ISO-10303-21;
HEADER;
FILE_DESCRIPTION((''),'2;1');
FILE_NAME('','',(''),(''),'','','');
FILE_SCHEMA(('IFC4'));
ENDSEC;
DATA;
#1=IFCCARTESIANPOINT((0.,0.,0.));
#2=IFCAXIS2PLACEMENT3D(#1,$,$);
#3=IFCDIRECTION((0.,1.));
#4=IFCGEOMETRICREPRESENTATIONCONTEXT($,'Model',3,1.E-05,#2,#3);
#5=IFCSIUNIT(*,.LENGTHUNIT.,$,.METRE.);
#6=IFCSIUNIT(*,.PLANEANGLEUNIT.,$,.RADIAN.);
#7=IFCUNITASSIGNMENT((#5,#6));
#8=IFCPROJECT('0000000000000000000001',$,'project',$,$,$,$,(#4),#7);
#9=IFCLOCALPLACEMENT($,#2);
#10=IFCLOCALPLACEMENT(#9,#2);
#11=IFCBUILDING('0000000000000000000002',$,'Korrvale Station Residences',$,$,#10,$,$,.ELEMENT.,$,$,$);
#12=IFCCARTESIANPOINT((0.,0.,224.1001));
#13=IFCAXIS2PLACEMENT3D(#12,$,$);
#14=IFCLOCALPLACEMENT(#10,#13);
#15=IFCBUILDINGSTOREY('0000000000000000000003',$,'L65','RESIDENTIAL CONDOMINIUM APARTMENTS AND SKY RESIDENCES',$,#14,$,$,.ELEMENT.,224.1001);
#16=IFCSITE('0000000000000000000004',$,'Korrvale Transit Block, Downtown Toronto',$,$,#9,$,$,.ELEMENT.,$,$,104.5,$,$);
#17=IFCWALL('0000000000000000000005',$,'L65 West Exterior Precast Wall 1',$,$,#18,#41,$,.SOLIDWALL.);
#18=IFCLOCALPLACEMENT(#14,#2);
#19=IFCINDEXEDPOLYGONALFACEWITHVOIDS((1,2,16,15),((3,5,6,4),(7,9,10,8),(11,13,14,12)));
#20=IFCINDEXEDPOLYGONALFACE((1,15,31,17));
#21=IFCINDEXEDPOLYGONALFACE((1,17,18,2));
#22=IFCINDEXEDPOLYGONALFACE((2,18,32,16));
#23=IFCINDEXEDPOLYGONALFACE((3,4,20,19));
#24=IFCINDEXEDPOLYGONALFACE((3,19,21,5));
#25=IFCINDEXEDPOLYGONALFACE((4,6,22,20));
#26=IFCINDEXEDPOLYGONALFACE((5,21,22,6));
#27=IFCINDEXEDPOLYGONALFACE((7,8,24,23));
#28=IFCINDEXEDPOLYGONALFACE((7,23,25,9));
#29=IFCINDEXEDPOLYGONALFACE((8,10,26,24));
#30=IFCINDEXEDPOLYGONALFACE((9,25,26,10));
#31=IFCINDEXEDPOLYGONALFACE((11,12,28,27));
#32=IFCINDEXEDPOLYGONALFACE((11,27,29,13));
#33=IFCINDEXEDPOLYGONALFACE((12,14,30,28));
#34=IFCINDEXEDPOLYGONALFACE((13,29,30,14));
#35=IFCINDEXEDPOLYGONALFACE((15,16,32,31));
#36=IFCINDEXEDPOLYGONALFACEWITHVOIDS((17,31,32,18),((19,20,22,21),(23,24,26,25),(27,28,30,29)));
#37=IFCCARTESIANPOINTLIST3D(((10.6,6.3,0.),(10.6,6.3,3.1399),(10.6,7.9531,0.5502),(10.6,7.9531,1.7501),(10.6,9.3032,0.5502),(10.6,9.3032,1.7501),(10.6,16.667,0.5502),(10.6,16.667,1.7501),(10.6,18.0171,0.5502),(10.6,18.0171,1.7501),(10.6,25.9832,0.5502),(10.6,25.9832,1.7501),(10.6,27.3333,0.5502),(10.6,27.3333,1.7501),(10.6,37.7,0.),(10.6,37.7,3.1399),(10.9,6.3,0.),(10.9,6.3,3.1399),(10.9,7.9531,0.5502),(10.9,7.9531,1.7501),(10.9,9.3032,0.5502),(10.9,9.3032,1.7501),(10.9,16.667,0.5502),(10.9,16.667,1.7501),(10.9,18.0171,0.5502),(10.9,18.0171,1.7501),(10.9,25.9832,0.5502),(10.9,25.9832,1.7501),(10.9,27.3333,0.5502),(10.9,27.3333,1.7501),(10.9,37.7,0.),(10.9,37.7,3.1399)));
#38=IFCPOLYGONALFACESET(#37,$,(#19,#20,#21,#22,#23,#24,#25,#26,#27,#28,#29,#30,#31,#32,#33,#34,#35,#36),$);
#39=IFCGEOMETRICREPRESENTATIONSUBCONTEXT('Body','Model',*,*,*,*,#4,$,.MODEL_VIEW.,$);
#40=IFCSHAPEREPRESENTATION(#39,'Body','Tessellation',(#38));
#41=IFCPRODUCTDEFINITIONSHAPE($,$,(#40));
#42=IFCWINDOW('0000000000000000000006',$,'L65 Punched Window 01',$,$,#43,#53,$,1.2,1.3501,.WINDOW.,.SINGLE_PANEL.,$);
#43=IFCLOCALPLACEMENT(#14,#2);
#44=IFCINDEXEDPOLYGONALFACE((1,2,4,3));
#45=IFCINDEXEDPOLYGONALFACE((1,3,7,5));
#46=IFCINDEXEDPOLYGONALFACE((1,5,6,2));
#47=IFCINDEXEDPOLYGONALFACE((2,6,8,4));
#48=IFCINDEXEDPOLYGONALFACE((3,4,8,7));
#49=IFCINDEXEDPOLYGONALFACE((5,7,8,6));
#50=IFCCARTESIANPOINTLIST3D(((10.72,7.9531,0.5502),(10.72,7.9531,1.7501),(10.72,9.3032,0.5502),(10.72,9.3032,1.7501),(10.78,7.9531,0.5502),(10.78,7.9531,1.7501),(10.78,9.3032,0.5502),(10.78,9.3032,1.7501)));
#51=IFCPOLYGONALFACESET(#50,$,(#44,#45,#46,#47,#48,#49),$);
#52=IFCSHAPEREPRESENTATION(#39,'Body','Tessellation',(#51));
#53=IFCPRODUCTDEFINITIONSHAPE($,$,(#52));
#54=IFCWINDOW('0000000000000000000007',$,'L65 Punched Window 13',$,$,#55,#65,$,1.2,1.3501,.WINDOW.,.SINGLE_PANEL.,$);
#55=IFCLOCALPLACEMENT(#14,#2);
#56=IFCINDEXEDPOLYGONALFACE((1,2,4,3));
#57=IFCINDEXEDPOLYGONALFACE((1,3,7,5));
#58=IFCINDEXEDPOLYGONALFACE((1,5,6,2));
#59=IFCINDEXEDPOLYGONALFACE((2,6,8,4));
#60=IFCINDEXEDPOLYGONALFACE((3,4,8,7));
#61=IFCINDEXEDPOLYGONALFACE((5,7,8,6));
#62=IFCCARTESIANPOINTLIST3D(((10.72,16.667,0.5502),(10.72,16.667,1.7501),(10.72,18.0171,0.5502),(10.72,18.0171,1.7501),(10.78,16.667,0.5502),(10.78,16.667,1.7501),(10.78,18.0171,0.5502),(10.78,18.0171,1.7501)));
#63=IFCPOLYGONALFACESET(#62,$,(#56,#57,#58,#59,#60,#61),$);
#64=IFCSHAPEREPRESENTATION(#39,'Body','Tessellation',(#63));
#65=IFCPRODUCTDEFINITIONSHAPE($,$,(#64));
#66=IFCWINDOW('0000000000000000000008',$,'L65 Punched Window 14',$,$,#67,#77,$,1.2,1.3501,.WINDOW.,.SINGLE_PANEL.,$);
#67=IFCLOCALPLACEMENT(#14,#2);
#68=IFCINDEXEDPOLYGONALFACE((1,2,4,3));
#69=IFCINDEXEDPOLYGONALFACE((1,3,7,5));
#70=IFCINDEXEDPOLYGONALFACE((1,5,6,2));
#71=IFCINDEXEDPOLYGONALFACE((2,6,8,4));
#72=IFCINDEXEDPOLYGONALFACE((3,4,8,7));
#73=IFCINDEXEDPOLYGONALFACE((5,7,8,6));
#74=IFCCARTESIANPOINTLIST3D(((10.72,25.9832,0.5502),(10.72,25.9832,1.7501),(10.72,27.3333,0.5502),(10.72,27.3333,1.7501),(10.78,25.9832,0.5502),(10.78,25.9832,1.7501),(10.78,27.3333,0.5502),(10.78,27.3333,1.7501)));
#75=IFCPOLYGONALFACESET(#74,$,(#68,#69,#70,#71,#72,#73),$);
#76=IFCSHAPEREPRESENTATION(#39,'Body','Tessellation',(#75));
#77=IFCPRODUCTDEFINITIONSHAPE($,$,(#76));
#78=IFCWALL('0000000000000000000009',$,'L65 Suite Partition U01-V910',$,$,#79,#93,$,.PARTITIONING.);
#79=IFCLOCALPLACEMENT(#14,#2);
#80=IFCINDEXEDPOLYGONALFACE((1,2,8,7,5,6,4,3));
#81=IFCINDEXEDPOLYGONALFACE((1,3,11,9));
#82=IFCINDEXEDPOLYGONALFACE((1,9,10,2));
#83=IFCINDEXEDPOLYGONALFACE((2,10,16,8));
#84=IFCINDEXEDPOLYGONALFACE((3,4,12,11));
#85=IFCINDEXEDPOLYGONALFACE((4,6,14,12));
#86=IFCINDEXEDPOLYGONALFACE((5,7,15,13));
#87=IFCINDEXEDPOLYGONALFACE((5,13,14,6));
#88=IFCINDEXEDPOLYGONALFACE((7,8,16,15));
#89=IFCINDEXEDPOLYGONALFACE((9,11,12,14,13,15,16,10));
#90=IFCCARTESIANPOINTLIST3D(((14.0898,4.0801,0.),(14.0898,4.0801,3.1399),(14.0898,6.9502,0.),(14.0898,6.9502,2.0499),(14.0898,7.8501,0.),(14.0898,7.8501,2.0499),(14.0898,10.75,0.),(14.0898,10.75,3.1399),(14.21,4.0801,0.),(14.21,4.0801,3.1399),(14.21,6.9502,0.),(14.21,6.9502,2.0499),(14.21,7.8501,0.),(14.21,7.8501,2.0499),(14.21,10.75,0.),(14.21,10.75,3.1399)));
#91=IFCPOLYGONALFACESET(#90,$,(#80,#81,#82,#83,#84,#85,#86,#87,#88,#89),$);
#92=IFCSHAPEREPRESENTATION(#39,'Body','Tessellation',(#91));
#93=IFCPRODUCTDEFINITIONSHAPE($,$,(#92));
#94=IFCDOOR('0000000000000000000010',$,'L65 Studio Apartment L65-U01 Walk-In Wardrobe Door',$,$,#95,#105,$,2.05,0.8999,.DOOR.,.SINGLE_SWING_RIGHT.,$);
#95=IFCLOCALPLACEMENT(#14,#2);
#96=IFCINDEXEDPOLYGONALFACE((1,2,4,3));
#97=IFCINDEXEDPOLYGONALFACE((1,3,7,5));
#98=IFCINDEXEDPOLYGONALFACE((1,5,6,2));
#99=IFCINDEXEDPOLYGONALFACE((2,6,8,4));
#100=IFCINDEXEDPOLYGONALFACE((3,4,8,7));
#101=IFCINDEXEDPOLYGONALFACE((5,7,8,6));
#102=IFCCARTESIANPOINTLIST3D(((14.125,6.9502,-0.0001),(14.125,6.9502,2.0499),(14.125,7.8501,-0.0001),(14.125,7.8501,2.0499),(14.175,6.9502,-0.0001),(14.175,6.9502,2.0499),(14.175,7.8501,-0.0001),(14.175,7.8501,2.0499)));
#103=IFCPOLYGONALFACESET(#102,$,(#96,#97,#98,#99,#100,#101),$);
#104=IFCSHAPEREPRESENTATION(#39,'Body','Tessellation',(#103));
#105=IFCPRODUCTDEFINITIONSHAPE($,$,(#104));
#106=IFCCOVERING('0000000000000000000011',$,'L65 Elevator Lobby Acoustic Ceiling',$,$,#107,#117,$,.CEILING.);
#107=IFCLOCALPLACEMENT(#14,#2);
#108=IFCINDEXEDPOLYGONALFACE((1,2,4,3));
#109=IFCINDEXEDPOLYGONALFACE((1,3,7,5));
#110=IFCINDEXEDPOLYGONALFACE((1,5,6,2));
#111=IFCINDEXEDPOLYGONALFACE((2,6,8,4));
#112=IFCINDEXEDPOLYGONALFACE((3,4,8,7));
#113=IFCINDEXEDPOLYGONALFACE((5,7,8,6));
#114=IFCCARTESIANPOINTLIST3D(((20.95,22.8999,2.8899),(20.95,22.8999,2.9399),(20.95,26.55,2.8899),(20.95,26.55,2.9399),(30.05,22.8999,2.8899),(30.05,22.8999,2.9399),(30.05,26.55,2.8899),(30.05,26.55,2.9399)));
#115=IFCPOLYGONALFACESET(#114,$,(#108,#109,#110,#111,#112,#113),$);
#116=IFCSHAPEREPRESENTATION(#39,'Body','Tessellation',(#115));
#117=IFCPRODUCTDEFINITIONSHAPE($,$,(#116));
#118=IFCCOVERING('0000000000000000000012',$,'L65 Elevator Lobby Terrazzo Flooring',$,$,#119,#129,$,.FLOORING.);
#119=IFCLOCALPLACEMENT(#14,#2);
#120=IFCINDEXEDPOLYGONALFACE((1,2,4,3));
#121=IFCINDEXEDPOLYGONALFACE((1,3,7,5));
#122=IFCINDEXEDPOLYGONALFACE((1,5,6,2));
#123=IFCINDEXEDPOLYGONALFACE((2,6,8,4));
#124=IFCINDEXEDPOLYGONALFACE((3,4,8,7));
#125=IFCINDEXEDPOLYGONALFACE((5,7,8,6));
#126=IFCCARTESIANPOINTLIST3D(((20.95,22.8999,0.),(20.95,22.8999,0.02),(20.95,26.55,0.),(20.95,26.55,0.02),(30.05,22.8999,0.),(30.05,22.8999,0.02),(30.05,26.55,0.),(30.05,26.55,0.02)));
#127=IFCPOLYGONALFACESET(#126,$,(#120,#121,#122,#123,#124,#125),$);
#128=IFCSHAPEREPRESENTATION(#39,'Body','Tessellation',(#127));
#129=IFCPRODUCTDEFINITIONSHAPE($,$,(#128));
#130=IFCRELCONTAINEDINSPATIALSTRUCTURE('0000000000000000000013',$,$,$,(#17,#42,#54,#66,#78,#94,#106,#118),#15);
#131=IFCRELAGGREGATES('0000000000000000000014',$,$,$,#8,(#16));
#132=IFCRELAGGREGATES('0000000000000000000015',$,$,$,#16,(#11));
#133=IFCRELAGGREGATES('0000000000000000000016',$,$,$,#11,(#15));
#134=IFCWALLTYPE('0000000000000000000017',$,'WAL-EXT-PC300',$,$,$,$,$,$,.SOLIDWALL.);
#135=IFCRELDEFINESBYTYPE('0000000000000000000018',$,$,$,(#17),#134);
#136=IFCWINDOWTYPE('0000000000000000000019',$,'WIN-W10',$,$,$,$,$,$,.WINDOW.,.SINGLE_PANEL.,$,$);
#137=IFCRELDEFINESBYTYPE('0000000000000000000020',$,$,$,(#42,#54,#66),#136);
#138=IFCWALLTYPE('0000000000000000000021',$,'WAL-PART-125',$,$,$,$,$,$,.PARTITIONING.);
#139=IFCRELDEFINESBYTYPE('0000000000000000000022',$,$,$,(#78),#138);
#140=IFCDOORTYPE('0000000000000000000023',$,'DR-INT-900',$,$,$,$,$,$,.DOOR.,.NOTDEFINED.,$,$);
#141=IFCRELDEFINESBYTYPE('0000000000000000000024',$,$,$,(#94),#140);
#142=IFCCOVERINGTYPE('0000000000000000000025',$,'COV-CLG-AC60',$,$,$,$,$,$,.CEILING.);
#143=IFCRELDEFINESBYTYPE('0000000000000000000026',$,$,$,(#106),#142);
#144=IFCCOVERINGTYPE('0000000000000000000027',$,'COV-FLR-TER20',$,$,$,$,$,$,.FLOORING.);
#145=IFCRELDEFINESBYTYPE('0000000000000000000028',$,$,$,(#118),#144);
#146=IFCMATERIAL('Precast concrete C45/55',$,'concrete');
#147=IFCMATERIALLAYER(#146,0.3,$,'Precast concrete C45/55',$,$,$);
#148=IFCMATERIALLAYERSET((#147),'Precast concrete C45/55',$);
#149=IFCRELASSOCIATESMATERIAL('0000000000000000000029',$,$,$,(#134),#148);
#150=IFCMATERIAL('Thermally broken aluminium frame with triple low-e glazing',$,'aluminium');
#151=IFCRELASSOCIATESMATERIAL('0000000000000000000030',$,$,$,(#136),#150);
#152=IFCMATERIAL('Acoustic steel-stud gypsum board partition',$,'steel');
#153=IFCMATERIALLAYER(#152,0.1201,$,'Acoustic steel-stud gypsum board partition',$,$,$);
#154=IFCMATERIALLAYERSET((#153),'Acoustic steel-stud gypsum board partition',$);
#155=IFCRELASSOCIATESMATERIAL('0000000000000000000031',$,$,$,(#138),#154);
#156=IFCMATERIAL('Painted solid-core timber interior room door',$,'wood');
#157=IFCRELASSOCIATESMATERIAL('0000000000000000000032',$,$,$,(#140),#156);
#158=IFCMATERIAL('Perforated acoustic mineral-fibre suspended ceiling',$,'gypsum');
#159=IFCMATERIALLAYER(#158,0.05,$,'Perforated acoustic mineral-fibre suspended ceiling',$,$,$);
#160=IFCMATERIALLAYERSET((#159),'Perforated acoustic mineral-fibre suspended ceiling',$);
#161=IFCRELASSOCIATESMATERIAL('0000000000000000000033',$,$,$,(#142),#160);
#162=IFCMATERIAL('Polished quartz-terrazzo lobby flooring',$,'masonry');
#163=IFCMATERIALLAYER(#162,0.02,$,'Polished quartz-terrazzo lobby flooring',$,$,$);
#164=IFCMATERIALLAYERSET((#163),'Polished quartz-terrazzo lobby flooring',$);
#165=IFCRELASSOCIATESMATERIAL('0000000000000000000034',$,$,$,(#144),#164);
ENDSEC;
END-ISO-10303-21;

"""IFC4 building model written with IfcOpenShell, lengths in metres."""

from ifc_helpers import new_model, si_unit, direction, frame, frame_2d, origin, place, context, subcontext, project, spatial, polyline, rectangle, outline, extrude, material, layer, layer_set, type_object, element, fill, save


model = new_model("IFC4")

# Units and contexts
model_context = context("Model", 3, precision=1e-05, world=origin(), true_north=direction((0.0, 1.0)))
body_context = subcontext(model_context, "Body", "Model", "MODEL_VIEW")
ifc_project = project(units=[si_unit("LENGTHUNIT", "METRE"), si_unit("PLANEANGLEUNIT", "RADIAN")], contexts=[model_context])

# Site, building, storey
site_placement = place(None, origin())
site = spatial("IfcSite", under=ifc_project, at=site_placement, Name="Korrvale Transit Block, Downtown Toronto", CompositionType="ELEMENT", RefElevation=104.5)
building_placement = place(site_placement, origin())
building = spatial("IfcBuilding", under=site, at=building_placement, Name="Korrvale Station Residences", CompositionType="ELEMENT")
storey_placement = place(building_placement, frame((0.0, 0.0, 224.1001)))
storey = spatial("IfcBuildingStorey", under=building, at=storey_placement, Name="L65", Description="RESIDENTIAL CONDOMINIUM APARTMENTS AND SKY RESIDENCES", CompositionType="ELEMENT", Elevation=224.1001)

# Shared definitions
ifc_material_1 = material(Name="Precast concrete C45/55", Category="concrete")
ifc_layer_1 = layer(ifc_material_1, 0.3, Name="Precast concrete C45/55")
ifc_layer_set_1 = layer_set([ifc_layer_1], Name="Precast concrete C45/55")
wall_type_1 = type_object("IfcWallType", Name="WAL-EXT-PC300", PredefinedType="SOLIDWALL", material=ifc_layer_set_1)

# Wall, openings, windows
wall_1_placement = place(storey_placement, frame((10.75, 6.3, 0.0), z_axis=(0.0, 0.0, 1.0), x_axis=(0.0, 1.0, 0.0)))
wall_1 = element("IfcWall", 1, at=wall_1_placement, inside=storey, type_object=wall_type_1, Name="L65 West Exterior Precast Wall 1", PredefinedType="SOLIDWALL", context=body_context, shape_type="SweptSolid", body=[
    extrude(rectangle(XDim=31.3999, YDim=0.3, at=frame_2d((15.7, 0.0))), origin(), (0.0, 0.0, 1.0), 3.1399),
])
opening_1_placement = place(wall_1_placement, frame((1.6531, 0.0, 0.55)))
opening_1 = element("IfcOpeningElement", 2, at=opening_1_placement, cuts=wall_1, PredefinedType="OPENING", context=body_context, shape_type="SweptSolid", body=[
    extrude(rectangle(XDim=1.3501, YDim=1.2, at=frame_2d((0.675, 0.6001))), frame((0.0, 0.1602, 0.0), z_axis=(0.0, -1.0, 0.0), x_axis=(1.0, 0.0, 0.0)), (0.0, 0.0, 1.0), 0.3201),
])
opening_2_placement = place(wall_1_placement, frame((10.3669, 0.0, 0.55)))
opening_2 = element("IfcOpeningElement", 3, at=opening_2_placement, cuts=wall_1, PredefinedType="OPENING", context=body_context, shape_type="SweptSolid", body=[
    extrude(rectangle(XDim=1.3501, YDim=1.2, at=frame_2d((0.675, 0.6001))), frame((0.0, 0.1602, 0.0), z_axis=(0.0, -1.0, 0.0), x_axis=(1.0, 0.0, 0.0)), (0.0, 0.0, 1.0), 0.3201),
])
opening_3_placement = place(wall_1_placement, frame((19.6831, 0.0, 0.55)))
opening_3 = element("IfcOpeningElement", 4, at=opening_3_placement, cuts=wall_1, PredefinedType="OPENING", context=body_context, shape_type="SweptSolid", body=[
    extrude(rectangle(XDim=1.3501, YDim=1.2, at=frame_2d((0.675, 0.6001))), frame((0.0, 0.1602, 0.0), z_axis=(0.0, -1.0, 0.0), x_axis=(1.0, 0.0, 0.0)), (0.0, 0.0, 1.0), 0.3201),
])
ifc_material_2 = material(Name="Thermally broken aluminium frame with triple low-e glazing", Category="aluminium")
window_type = type_object("IfcWindowType", Name="WIN-W10", PartitioningType="SINGLE_PANEL", PredefinedType="WINDOW", material=ifc_material_2)
window_1_placement = place(opening_1_placement, origin())
window_1 = element("IfcWindow", 5, at=window_1_placement, inside=storey, type_object=window_type, Name="L65 Punched Window 01", OverallHeight=1.2, OverallWidth=1.3501, PartitioningType="SINGLE_PANEL", PredefinedType="WINDOW", context=body_context, shape_type="SweptSolid", body=[
    extrude(rectangle(XDim=1.3501, YDim=1.2, at=frame_2d((0.675, 0.6001))), frame((0.0, 0.03, 0.0), z_axis=(0.0, -1.0, 0.0), x_axis=(1.0, 0.0, 0.0)), (0.0, 0.0, 1.0), 0.0601),
])
fill(opening_1, window_1)
window_2_placement = place(opening_2_placement, origin())
window_2 = element("IfcWindow", 6, at=window_2_placement, inside=storey, type_object=window_type, Name="L65 Punched Window 13", OverallHeight=1.2, OverallWidth=1.3501, PartitioningType="SINGLE_PANEL", PredefinedType="WINDOW", context=body_context, shape_type="SweptSolid", body=[
    extrude(rectangle(XDim=1.3501, YDim=1.2, at=frame_2d((0.675, 0.6001))), frame((0.0, 0.03, 0.0), z_axis=(0.0, -1.0, 0.0), x_axis=(1.0, 0.0, 0.0)), (0.0, 0.0, 1.0), 0.0601),
])
fill(opening_2, window_2)
window_3_placement = place(opening_3_placement, origin())
window_3 = element("IfcWindow", 7, at=window_3_placement, inside=storey, type_object=window_type, Name="L65 Punched Window 14", OverallHeight=1.2, OverallWidth=1.3501, PartitioningType="SINGLE_PANEL", PredefinedType="WINDOW", context=body_context, shape_type="SweptSolid", body=[
    extrude(rectangle(XDim=1.3501, YDim=1.2, at=frame_2d((0.675, 0.6001))), frame((0.0, 0.03, 0.0), z_axis=(0.0, -1.0, 0.0), x_axis=(1.0, 0.0, 0.0)), (0.0, 0.0, 1.0), 0.0601),
])
fill(opening_3, window_3)

# Wall, opening, door
ifc_material_3 = material(Name="Acoustic steel-stud gypsum board partition", Category="steel")
ifc_layer_2 = layer(ifc_material_3, 0.1201, Name="Acoustic steel-stud gypsum board partition")
ifc_layer_set_2 = layer_set([ifc_layer_2], Name="Acoustic steel-stud gypsum board partition")
wall_type_2 = type_object("IfcWallType", Name="WAL-PART-125", PredefinedType="PARTITIONING", material=ifc_layer_set_2)
wall_2_placement = place(storey_placement, frame((14.1499, 4.0801, 0.0), z_axis=(0.0, 0.0, 1.0), x_axis=(0.0, 1.0, 0.0)))
wall_2 = element("IfcWall", 8, at=wall_2_placement, inside=storey, type_object=wall_type_2, Name="L65 Suite Partition U01-V910", PredefinedType="PARTITIONING", context=body_context, shape_type="SweptSolid", body=[
    extrude(rectangle(XDim=6.6699, YDim=0.1201, at=frame_2d((3.335, 0.0))), origin(), (0.0, 0.0, 1.0), 3.1399),
])
opening_4_placement = place(wall_2_placement, frame((2.8701, 0.0, 0.0)))
opening_4 = element("IfcOpeningElement", 9, at=opening_4_placement, cuts=wall_2, PredefinedType="OPENING", context=body_context, shape_type="SweptSolid", body=[
    extrude(rectangle(XDim=0.8999, YDim=2.05, at=frame_2d((0.45, 1.0249))), frame((0.0, 0.0701, 0.0), z_axis=(0.0, -1.0, 0.0), x_axis=(1.0, 0.0, 0.0)), (0.0, 0.0, 1.0), 0.1401),
])
ifc_material_4 = material(Name="Painted solid-core timber interior room door", Category="wood")
door_type = type_object("IfcDoorType", Name="DR-INT-900", OperationType="NOTDEFINED", PredefinedType="DOOR", material=ifc_material_4)
door_placement = place(opening_4_placement, origin())
door = element("IfcDoor", 10, at=door_placement, inside=storey, type_object=door_type, Name="L65 Studio Apartment L65-U01 Walk-In Wardrobe Door", OperationType="SINGLE_SWING_RIGHT", OverallHeight=2.05, OverallWidth=0.8999, PredefinedType="DOOR", context=body_context, shape_type="SweptSolid", body=[
    extrude(rectangle(XDim=0.8999, YDim=2.05, at=frame_2d((0.45, 1.0249))), frame((0.0, 0.0249, 0.0), z_axis=(0.0, -1.0, 0.0), x_axis=(1.0, 0.0, 0.0)), (0.0, 0.0, 1.0), 0.05),
])
fill(opening_4, door)

# Coverings
ifc_material_5 = material(Name="Perforated acoustic mineral-fibre suspended ceiling", Category="gypsum")
ifc_layer_3 = layer(ifc_material_5, 0.05, Name="Perforated acoustic mineral-fibre suspended ceiling")
ifc_layer_set_3 = layer_set([ifc_layer_3], Name="Perforated acoustic mineral-fibre suspended ceiling")
covering_type_1 = type_object("IfcCoveringType", Name="COV-CLG-AC60", PredefinedType="CEILING", material=ifc_layer_set_3)
covering_1_placement = place(storey_placement, frame((0.0, 0.0, 2.8899)))
element("IfcCovering", 11, at=covering_1_placement, inside=storey, type_object=covering_type_1, Name="L65 Elevator Lobby Acoustic Ceiling", PredefinedType="CEILING", context=body_context, shape_type="SweptSolid", body=[
    extrude(outline(polyline([(20.95, 22.8999), (30.05, 22.8999), (30.05, 26.55), (20.95, 26.55), (20.95, 22.8999)])), origin(), (0.0, 0.0, 1.0), 0.05),
])
ifc_material_6 = material(Name="Polished quartz-terrazzo lobby flooring", Category="masonry")
ifc_layer_4 = layer(ifc_material_6, 0.02, Name="Polished quartz-terrazzo lobby flooring")
ifc_layer_set_4 = layer_set([ifc_layer_4], Name="Polished quartz-terrazzo lobby flooring")
covering_type_2 = type_object("IfcCoveringType", Name="COV-FLR-TER20", PredefinedType="FLOORING", material=ifc_layer_set_4)
covering_2_placement = place(storey_placement, origin())
element("IfcCovering", 12, at=covering_2_placement, inside=storey, type_object=covering_type_2, Name="L65 Elevator Lobby Terrazzo Flooring", PredefinedType="FLOORING", context=body_context, shape_type="SweptSolid", body=[
    extrude(outline(polyline([(20.95, 22.8999), (30.05, 22.8999), (30.05, 26.55), (20.95, 26.55), (20.95, 22.8999)])), origin(), (0.0, 0.0, 1.0), 0.02),
])

save(model, "model.ifc")
